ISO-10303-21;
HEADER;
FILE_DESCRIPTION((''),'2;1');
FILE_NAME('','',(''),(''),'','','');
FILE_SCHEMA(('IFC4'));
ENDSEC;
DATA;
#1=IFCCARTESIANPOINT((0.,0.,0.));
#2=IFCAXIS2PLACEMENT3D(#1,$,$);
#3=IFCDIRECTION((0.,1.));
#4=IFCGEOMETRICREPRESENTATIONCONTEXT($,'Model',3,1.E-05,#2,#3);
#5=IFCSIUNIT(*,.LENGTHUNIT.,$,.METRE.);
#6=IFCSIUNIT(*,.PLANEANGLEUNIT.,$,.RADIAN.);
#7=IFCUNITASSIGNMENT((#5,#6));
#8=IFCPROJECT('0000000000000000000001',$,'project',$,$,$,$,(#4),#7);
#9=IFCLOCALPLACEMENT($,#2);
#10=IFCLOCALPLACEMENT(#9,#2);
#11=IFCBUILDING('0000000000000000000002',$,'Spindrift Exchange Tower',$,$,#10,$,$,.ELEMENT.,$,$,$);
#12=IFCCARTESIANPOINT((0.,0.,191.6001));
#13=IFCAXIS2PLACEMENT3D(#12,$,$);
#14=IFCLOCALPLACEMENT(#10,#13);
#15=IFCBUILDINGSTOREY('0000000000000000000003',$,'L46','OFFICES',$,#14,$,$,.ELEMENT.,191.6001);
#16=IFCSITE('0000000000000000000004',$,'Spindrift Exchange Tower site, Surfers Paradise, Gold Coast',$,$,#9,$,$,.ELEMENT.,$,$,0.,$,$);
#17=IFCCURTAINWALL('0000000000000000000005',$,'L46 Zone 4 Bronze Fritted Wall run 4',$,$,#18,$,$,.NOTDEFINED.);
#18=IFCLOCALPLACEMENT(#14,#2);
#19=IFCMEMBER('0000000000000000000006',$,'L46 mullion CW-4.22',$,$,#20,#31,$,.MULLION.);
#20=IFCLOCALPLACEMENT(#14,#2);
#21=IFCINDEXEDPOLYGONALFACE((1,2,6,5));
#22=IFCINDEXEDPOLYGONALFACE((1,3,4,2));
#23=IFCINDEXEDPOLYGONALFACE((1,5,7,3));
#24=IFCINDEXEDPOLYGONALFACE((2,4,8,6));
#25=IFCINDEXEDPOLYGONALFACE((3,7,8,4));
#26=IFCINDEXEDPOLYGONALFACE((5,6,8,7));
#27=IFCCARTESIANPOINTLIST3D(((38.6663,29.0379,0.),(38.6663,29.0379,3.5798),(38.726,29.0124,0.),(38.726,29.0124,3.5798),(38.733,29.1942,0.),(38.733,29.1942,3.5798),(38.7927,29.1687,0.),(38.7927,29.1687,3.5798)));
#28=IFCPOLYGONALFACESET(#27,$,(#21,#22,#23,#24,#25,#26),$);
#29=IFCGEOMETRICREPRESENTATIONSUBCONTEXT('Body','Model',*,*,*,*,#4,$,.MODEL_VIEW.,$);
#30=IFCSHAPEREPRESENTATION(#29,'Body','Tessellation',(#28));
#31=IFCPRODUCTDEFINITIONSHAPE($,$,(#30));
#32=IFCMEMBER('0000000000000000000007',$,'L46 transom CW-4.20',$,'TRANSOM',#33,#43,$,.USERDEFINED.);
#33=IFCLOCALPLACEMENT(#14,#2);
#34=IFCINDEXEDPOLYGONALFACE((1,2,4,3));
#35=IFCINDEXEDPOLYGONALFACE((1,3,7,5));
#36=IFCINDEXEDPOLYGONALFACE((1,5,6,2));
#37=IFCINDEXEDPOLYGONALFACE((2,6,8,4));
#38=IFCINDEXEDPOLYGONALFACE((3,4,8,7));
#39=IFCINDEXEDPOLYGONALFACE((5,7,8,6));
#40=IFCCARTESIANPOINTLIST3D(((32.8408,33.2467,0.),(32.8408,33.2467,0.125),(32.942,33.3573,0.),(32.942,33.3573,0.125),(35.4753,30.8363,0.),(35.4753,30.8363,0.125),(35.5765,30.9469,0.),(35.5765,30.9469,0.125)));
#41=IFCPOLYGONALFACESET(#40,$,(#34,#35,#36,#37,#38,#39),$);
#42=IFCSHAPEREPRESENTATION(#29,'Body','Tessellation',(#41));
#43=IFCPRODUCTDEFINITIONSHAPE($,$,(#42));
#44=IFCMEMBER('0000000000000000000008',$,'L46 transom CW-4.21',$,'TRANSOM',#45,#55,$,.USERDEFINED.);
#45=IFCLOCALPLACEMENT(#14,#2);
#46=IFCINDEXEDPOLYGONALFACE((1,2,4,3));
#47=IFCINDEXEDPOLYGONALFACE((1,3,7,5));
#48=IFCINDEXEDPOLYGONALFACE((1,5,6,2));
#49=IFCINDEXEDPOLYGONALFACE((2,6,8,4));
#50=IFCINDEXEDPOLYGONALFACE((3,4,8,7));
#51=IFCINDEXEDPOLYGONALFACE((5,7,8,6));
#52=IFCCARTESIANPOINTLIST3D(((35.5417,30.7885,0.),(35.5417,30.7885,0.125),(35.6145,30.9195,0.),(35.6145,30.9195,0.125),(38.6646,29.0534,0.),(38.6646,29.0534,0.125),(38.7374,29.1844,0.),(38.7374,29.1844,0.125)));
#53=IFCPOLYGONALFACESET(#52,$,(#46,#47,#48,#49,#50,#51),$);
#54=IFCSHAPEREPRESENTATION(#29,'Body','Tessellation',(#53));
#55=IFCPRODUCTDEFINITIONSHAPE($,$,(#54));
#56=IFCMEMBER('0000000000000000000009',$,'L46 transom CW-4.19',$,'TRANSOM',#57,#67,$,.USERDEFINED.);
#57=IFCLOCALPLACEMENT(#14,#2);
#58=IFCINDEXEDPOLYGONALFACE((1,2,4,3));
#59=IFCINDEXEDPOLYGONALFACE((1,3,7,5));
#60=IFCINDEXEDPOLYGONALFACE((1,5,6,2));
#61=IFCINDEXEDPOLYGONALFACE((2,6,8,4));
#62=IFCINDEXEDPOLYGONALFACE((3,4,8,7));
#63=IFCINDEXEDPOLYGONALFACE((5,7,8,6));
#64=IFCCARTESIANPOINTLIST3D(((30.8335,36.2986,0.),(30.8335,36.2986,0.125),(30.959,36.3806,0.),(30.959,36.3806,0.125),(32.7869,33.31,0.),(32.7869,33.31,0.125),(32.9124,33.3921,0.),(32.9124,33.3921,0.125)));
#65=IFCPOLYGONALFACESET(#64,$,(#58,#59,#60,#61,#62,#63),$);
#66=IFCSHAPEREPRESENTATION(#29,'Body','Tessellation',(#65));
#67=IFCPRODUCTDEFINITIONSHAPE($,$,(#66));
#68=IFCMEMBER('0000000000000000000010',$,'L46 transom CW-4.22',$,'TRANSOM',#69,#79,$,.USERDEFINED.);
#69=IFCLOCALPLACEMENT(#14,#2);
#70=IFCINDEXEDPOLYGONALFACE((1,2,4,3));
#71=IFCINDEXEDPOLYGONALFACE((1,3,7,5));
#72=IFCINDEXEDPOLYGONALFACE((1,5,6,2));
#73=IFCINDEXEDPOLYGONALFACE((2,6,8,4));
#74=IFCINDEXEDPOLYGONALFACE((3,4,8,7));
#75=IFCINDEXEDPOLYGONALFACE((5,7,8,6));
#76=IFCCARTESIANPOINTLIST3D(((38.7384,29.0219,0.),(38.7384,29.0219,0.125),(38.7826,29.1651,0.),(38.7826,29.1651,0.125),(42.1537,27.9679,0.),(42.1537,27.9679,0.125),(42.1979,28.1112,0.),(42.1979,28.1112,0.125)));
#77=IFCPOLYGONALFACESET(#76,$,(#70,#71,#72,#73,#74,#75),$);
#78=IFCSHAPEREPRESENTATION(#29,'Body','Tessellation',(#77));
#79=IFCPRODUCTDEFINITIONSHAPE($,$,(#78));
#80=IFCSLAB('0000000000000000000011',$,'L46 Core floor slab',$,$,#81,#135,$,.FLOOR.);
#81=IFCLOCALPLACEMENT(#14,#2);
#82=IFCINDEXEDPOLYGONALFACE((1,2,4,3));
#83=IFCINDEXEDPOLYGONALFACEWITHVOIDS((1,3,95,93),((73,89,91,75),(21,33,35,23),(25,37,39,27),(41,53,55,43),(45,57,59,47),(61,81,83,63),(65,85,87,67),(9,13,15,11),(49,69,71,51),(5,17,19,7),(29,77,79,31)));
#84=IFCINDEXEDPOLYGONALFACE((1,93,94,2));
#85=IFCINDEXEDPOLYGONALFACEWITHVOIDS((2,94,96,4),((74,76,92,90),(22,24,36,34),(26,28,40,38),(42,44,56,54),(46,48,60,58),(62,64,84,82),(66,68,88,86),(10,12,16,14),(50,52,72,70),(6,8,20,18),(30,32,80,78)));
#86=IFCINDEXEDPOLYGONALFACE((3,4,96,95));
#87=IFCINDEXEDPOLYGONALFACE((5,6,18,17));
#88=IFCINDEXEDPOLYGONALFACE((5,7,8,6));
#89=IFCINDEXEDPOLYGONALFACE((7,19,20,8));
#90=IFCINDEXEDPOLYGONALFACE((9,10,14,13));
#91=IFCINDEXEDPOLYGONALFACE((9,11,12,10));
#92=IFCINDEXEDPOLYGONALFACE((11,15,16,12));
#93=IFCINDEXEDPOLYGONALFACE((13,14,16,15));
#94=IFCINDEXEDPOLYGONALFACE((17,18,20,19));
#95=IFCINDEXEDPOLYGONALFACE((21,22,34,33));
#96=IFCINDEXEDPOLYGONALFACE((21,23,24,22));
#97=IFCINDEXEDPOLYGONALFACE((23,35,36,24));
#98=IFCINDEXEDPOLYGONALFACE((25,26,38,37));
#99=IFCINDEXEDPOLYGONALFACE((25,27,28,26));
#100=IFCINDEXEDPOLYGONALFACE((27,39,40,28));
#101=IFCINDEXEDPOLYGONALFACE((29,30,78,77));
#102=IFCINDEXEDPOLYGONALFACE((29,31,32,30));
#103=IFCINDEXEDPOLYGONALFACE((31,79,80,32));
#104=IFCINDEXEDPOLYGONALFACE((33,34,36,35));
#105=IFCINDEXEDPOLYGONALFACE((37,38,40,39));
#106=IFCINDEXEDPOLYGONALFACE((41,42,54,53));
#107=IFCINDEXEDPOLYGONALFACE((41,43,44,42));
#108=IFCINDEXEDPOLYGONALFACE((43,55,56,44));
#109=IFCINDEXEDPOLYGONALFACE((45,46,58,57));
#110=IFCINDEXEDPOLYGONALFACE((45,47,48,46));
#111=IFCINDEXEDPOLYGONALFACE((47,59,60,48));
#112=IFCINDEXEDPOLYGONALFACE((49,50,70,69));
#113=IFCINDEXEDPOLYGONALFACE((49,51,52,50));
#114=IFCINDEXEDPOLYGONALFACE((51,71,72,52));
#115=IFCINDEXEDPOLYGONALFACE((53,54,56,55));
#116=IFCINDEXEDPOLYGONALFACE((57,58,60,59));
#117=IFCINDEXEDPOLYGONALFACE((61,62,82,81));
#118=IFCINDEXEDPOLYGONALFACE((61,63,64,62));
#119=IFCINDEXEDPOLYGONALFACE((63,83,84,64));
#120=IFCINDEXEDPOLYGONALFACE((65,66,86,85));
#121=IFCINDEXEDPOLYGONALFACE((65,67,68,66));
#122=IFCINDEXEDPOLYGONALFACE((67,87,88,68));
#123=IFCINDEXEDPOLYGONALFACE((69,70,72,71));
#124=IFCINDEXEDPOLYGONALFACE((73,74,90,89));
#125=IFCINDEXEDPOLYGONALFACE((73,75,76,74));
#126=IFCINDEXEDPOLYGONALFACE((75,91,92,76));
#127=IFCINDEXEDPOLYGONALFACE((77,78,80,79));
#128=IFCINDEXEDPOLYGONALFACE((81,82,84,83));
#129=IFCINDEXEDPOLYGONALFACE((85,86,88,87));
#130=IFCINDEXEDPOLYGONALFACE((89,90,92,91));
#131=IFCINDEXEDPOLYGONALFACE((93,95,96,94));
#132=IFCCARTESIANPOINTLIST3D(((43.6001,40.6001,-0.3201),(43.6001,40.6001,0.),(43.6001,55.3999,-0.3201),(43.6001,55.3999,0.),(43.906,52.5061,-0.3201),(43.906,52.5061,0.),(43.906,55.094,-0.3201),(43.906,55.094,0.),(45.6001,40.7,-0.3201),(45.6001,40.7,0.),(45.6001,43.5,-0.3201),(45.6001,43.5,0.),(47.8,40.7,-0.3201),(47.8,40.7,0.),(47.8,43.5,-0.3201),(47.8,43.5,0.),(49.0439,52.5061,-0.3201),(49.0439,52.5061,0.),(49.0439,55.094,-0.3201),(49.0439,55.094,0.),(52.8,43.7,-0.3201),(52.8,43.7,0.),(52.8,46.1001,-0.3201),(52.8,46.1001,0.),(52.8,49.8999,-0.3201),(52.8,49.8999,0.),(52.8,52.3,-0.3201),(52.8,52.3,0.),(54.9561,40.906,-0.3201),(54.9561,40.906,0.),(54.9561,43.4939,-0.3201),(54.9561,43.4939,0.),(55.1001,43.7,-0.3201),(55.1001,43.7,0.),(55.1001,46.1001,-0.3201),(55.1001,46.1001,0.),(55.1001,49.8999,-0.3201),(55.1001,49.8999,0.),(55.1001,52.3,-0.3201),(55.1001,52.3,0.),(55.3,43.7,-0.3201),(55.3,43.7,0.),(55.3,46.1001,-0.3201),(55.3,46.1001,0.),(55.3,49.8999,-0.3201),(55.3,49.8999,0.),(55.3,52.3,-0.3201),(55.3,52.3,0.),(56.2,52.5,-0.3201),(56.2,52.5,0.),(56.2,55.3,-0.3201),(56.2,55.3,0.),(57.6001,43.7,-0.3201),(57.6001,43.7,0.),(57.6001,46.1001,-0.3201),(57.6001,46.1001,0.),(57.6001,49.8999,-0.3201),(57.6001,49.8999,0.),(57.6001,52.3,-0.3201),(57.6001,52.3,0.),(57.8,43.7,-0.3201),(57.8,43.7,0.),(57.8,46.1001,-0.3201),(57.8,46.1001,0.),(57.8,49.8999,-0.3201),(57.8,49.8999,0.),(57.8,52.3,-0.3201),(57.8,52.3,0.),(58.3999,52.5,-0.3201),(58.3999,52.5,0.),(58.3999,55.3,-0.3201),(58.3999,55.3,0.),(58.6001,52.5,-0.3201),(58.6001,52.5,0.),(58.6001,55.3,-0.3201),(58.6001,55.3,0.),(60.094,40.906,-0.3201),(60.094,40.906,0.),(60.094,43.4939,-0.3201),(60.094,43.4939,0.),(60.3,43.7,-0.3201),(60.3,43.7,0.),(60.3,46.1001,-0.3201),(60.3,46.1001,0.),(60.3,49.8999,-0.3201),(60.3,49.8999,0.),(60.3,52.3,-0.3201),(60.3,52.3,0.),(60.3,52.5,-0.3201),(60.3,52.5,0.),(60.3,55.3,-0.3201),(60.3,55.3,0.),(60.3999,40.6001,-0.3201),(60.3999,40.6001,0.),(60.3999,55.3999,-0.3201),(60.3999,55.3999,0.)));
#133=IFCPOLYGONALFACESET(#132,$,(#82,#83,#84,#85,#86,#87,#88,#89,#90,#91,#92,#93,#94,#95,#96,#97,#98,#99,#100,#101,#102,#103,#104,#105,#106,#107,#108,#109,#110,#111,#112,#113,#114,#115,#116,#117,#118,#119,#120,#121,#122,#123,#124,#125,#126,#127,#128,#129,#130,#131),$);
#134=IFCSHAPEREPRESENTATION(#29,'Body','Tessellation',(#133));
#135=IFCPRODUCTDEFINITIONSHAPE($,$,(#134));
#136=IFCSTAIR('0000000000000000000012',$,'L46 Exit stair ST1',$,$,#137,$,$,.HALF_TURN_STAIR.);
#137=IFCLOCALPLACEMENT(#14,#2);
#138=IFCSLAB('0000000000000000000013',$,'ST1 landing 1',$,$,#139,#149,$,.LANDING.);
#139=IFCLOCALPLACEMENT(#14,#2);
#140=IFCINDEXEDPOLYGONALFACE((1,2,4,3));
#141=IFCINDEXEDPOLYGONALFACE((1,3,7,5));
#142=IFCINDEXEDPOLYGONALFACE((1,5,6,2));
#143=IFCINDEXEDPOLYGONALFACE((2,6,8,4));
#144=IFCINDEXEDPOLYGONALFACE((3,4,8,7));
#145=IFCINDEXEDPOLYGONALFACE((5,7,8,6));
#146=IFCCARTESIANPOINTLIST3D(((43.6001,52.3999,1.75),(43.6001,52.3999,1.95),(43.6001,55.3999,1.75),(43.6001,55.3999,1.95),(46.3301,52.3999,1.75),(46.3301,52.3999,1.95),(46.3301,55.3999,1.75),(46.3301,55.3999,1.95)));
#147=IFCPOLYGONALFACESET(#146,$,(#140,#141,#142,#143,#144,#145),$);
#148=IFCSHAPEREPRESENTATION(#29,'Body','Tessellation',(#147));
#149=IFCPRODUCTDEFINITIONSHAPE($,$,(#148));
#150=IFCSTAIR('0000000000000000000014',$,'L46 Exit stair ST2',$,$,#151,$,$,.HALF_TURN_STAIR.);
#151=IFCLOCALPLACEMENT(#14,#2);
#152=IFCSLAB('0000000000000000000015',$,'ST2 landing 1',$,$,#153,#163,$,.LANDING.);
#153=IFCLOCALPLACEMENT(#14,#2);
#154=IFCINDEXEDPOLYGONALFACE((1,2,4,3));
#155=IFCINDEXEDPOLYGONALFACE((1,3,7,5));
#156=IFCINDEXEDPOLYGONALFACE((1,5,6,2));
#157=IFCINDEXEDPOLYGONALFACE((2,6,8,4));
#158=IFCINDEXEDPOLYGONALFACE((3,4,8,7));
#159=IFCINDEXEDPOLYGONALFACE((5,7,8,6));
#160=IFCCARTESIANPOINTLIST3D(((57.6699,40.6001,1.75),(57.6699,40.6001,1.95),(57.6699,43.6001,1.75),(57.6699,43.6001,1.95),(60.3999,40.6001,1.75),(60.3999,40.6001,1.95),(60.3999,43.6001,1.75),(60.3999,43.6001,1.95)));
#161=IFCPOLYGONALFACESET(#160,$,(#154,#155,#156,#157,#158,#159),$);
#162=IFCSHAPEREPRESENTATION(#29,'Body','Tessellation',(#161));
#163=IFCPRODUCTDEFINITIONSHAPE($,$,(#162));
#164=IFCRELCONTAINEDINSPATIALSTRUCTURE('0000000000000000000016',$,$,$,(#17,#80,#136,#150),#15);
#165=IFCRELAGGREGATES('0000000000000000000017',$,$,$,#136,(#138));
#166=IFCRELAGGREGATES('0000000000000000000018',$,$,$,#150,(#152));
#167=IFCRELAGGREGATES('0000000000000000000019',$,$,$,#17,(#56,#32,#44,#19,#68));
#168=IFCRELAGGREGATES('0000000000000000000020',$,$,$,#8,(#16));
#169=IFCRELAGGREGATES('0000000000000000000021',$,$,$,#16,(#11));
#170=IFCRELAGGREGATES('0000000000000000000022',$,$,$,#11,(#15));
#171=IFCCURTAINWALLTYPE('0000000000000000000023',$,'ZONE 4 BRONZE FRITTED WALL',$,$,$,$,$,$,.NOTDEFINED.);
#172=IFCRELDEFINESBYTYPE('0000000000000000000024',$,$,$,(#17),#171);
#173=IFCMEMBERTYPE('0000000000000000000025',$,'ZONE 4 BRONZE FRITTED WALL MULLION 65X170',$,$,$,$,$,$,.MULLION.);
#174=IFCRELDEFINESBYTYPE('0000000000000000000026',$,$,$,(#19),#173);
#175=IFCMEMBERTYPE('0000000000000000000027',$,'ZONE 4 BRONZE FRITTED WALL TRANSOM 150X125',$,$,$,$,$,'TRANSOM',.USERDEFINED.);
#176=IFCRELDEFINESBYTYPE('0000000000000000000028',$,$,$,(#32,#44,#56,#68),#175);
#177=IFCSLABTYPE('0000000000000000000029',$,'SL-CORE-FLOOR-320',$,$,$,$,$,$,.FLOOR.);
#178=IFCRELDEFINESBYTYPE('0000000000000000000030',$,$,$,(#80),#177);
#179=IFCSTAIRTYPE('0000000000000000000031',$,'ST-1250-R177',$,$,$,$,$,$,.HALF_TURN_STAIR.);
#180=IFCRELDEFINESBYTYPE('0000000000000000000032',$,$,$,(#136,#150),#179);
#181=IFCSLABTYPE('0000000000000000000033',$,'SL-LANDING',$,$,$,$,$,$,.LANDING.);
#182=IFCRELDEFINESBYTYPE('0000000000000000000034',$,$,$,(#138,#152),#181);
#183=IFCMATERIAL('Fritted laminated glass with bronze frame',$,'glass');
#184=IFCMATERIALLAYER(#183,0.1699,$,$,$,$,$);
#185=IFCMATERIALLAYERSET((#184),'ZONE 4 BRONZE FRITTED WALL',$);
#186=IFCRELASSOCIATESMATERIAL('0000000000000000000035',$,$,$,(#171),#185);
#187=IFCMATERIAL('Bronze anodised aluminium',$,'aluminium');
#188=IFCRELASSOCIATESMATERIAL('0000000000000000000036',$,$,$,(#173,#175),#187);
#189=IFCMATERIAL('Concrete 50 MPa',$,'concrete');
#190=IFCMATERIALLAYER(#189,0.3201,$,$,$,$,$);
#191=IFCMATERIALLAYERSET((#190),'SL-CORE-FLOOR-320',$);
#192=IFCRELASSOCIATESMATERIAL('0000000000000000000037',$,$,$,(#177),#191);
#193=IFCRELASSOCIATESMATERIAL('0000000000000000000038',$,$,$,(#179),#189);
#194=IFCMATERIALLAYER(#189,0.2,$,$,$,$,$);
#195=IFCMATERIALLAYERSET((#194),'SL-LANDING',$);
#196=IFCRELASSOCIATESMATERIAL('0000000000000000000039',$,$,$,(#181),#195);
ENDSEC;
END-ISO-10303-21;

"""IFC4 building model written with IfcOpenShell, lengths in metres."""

from ifc_helpers import new_model, si_unit, direction, frame, origin, origin_2d, place, context, subcontext, project, spatial, line, indexed_curve, rectangle, outline, extrude, source, transform, mapped, material, layer, layer_set, material_profile, profile_set, type_object, element, aggregate, save


model = new_model("IFC4")

# Units and contexts
model_context = context("Model", 3, precision=1e-05, world=origin(), true_north=direction((0.0, 1.0)))
body_context = subcontext(model_context, "Body", "Model", "MODEL_VIEW")
ifc_project = project(units=[si_unit("LENGTHUNIT", "METRE"), si_unit("PLANEANGLEUNIT", "RADIAN")], contexts=[model_context])

# Site, building, storey
site_placement = place(None, origin())
site = spatial("IfcSite", under=ifc_project, at=site_placement, Name="Spindrift Exchange Tower site, Surfers Paradise, Gold Coast", CompositionType="ELEMENT", RefElevation=0.0)
building_placement = place(site_placement, origin())
building = spatial("IfcBuilding", under=site, at=building_placement, Name="Spindrift Exchange Tower", CompositionType="ELEMENT")
storey_placement = place(building_placement, frame((0.0, 0.0, 191.6001)))
storey = spatial("IfcBuildingStorey", under=building, at=storey_placement, Name="L46", Description="OFFICES", CompositionType="ELEMENT", Elevation=191.6001)

# Shared definitions
ifc_material_1 = material(Name="Concrete 50 MPa", Category="concrete")

# Curtain wall, members
ifc_material_2 = material(Name="Fritted laminated glass with bronze frame", Category="glass")
ifc_layer_1 = layer(ifc_material_2, 0.1699)
ifc_layer_set_1 = layer_set([ifc_layer_1], Name="ZONE 4 BRONZE FRITTED WALL")
curtain_wall_type = type_object("IfcCurtainWallType", Name="ZONE 4 BRONZE FRITTED WALL", PredefinedType="NOTDEFINED", material=ifc_layer_set_1)
curtain_wall_placement = place(storey_placement, origin())
curtain_wall = element("IfcCurtainWall", 1, at=curtain_wall_placement, inside=storey, type_object=curtain_wall_type, Name="L46 Zone 4 Bronze Fritted Wall run 4", PredefinedType="NOTDEFINED")
ifc_material_3 = material(Name="Bronze anodised aluminium", Category="aluminium")
ifc_material_profile_1 = material_profile(ifc_material_3, rectangle(XDim=0.0649, YDim=0.1699, at=origin_2d()), Name="ZONE 4 BRONZE FRITTED WALL MULLION 65X170")
ifc_profile_set_1 = profile_set([ifc_material_profile_1], Name="Bronze anodised aluminium")
member_type_1 = type_object("IfcMemberType", Name="ZONE 4 BRONZE FRITTED WALL MULLION 65X170", PredefinedType="MULLION", material=ifc_profile_set_1)
shared_shape_1 = source(origin(), body_context, "Body", "SweptSolid", [
    extrude(rectangle(XDim=0.0649, YDim=0.1699, at=origin_2d()), origin(), (0.0, 0.0, 1.0), 3.5798),
])
member_1_placement = place(storey_placement, frame((38.7295, 29.1033, 0.0), z_axis=(0.0, 0.0, 1.0), x_axis=(0.919799, -0.392391, 0.0)))
member_1 = element("IfcMember", 2, at=member_1_placement, type_object=member_type_1, Name="L46 mullion CW-4.22", PredefinedType="MULLION", context=body_context, shape_type="MappedRepresentation", body=[
    mapped(shared_shape_1, transform((0.0, 0.0, 0.0), scale=1.0)),
])
ifc_material_profile_2 = material_profile(ifc_material_3, rectangle(XDim=0.1499, YDim=0.125, at=origin_2d()), Name="ZONE 4 BRONZE FRITTED WALL TRANSOM 150X125")
ifc_profile_set_2 = profile_set([ifc_material_profile_2], Name="Bronze anodised aluminium")
member_type_2 = type_object("IfcMemberType", Name="ZONE 4 BRONZE FRITTED WALL TRANSOM 150X125", ElementType="TRANSOM", PredefinedType="USERDEFINED", material=ifc_profile_set_2)
shared_shape_2 = source(origin(), body_context, "Body", "SweptSolid", [
    extrude(rectangle(XDim=0.1499, YDim=0.125, at=origin_2d()), origin(), (0.0, 0.0, 1.0), 3.5708),
])
member_2_placement = place(storey_placement, frame((32.8914, 33.302, 0.0625), z_axis=(0.737792, -0.675028, 0.0), x_axis=(0.675028, 0.737792, 0.0)))
member_2 = element("IfcMember", 3, at=member_2_placement, type_object=member_type_2, Name="L46 transom CW-4.20", ObjectType="TRANSOM", PredefinedType="USERDEFINED", context=body_context, shape_type="MappedRepresentation", body=[
    mapped(shared_shape_2, transform((0.0, 0.0, 0.0), scale=1.0)),
])
shared_shape_3 = source(origin(), body_context, "Body", "SweptSolid", [
    extrude(rectangle(XDim=0.1499, YDim=0.125, at=origin_2d()), origin(), (0.0, 0.0, 1.0), 3.5725),
])
member_3_placement = place(storey_placement, frame((35.5781, 30.854, 0.0625), z_axis=(0.874131, -0.485689, 0.0), x_axis=(0.485689, 0.874131, 0.0)))
member_3 = element("IfcMember", 4, at=member_3_placement, type_object=member_type_2, Name="L46 transom CW-4.21", ObjectType="TRANSOM", PredefinedType="USERDEFINED", context=body_context, shape_type="MappedRepresentation", body=[
    mapped(shared_shape_3, transform((0.0, 0.0, 0.0), scale=1.0)),
])
shared_shape_4 = source(origin(), body_context, "Body", "SweptSolid", [
    extrude(rectangle(XDim=0.1499, YDim=0.125, at=origin_2d()), origin(), (0.0, 0.0, 1.0), 3.5703),
])
member_4_placement = place(storey_placement, frame((30.8962, 36.3396, 0.0625), z_axis=(0.547119, -0.837055, 0.0), x_axis=(0.837055, 0.547119, 0.0)))
member_4 = element("IfcMember", 5, at=member_4_placement, type_object=member_type_2, Name="L46 transom CW-4.19", ObjectType="TRANSOM", PredefinedType="USERDEFINED", context=body_context, shape_type="MappedRepresentation", body=[
    mapped(shared_shape_4, transform((0.0, 0.0, 0.0), scale=1.0)),
])
shared_shape_5 = source(origin(), body_context, "Body", "SweptSolid", [
    extrude(rectangle(XDim=0.1499, YDim=0.125, at=origin_2d()), origin(), (0.0, 0.0, 1.0), 3.5742),
])
member_5_placement = place(storey_placement, frame((38.7605, 29.0935, 0.0625), z_axis=(0.955535, -0.294878, 0.0), x_axis=(0.294878, 0.955535, 0.0)))
member_5 = element("IfcMember", 6, at=member_5_placement, type_object=member_type_2, Name="L46 transom CW-4.22", ObjectType="TRANSOM", PredefinedType="USERDEFINED", context=body_context, shape_type="MappedRepresentation", body=[
    mapped(shared_shape_5, transform((0.0, 0.0, 0.0), scale=1.0)),
])

# Slab
ifc_layer_2 = layer(ifc_material_1, 0.3201)
ifc_layer_set_2 = layer_set([ifc_layer_2], Name="SL-CORE-FLOOR-320")
slab_type_1 = type_object("IfcSlabType", Name="SL-CORE-FLOOR-320", PredefinedType="FLOOR", material=ifc_layer_set_2)
slab_1_placement = place(storey_placement, frame((0.0, 0.0, -0.3201)))
element("IfcSlab", 7, at=slab_1_placement, inside=storey, type_object=slab_type_1, Name="L46 Core floor slab", PredefinedType="FLOOR", context=body_context, shape_type="SweptSolid", body=[
    extrude(outline(indexed_curve([(43.6001, 40.6001), (43.6001, 55.3999), (60.3999, 55.3999), (60.3999, 40.6001)], segments=[line(1, 2, 3, 4, 1)], self_intersect=False), holes=[indexed_curve([(45.6001, 43.5), (45.6001, 40.7), (47.8, 40.7), (47.8, 43.5)], segments=[line(1, 2, 3, 4, 1)], self_intersect=False), indexed_curve([(52.8, 46.1001), (52.8, 43.7), (55.1001, 43.7), (55.1001, 46.1001)], segments=[line(1, 2, 3, 4, 1)], self_intersect=False), indexed_curve([(55.3, 46.1001), (55.3, 43.7), (57.6001, 43.7), (57.6001, 46.1001)], segments=[line(1, 2, 3, 4, 1)], self_intersect=False), indexed_curve([(55.1001, 52.3), (52.8, 52.3), (52.8, 49.8999), (55.1001, 49.8999)], segments=[line(1, 2, 3, 4, 1)], self_intersect=False), indexed_curve([(57.6001, 52.3), (55.3, 52.3), (55.3, 49.8999), (57.6001, 49.8999)], segments=[line(1, 2, 3, 4, 1)], self_intersect=False), indexed_curve([(43.906, 52.5061), (49.0439, 52.5061), (49.0439, 55.094), (43.906, 55.094)], segments=[line(1, 2, 3, 4, 1)], self_intersect=False), indexed_curve([(60.094, 40.906), (60.094, 43.4939), (54.9561, 43.4939), (54.9561, 40.906)], segments=[line(1, 2, 3, 4, 1)], self_intersect=False), indexed_curve([(60.3, 46.1001), (57.8, 46.1001), (57.8, 43.7), (60.3, 43.7)], segments=[line(1, 2, 3, 4, 1)], self_intersect=False), indexed_curve([(57.8, 52.3), (57.8, 49.8999), (60.3, 49.8999), (60.3, 52.3)], segments=[line(1, 2, 3, 4, 1)], self_intersect=False), indexed_curve([(58.3999, 55.3), (56.2, 55.3), (56.2, 52.5), (58.3999, 52.5)], segments=[line(1, 2, 3, 4, 1)], self_intersect=False), indexed_curve([(60.3, 55.3), (58.6001, 55.3), (58.6001, 52.5), (60.3, 52.5)], segments=[line(1, 2, 3, 4, 1)], self_intersect=False)]), origin(), (0.0, 0.0, 1.0), 0.3201),
])

# Stairs, slabs
stair_type = type_object("IfcStairType", Name="ST-1250-R177", PredefinedType="HALF_TURN_STAIR", material=ifc_material_1)
stair_1_placement = place(storey_placement, origin())
stair_1 = element("IfcStair", 8, at=stair_1_placement, inside=storey, type_object=stair_type, Name="L46 Exit stair ST1", PredefinedType="HALF_TURN_STAIR")
ifc_layer_3 = layer(ifc_material_1, 0.2)
ifc_layer_set_3 = layer_set([ifc_layer_3], Name="SL-LANDING")
slab_type_2 = type_object("IfcSlabType", Name="SL-LANDING", PredefinedType="LANDING", material=ifc_layer_set_3)
slab_2_placement = place(storey_placement, frame((0.0, 0.0, 1.75)))
slab_2 = element("IfcSlab", 9, at=slab_2_placement, type_object=slab_type_2, Name="ST1 landing 1", PredefinedType="LANDING", context=body_context, shape_type="SweptSolid", body=[
    extrude(outline(indexed_curve([(46.3301, 52.3999), (43.6001, 52.3999), (43.6001, 55.3999), (46.3301, 55.3999)], segments=[line(1, 2, 3, 4, 1)], self_intersect=False)), origin(), (0.0, 0.0, 1.0), 0.2),
])
aggregate(stair_1, [slab_2])
stair_2_placement = place(storey_placement, origin())
stair_2 = element("IfcStair", 10, at=stair_2_placement, inside=storey, type_object=stair_type, Name="L46 Exit stair ST2", PredefinedType="HALF_TURN_STAIR")
slab_3_placement = place(storey_placement, frame((0.0, 0.0, 1.75)))
slab_3 = element("IfcSlab", 11, at=slab_3_placement, type_object=slab_type_2, Name="ST2 landing 1", PredefinedType="LANDING", context=body_context, shape_type="SweptSolid", body=[
    extrude(outline(indexed_curve([(57.6699, 43.6001), (60.3999, 43.6001), (60.3999, 40.6001), (57.6699, 40.6001)], segments=[line(1, 2, 3, 4, 1)], self_intersect=False)), origin(), (0.0, 0.0, 1.0), 0.2),
])
aggregate(stair_2, [slab_3])

aggregate(curtain_wall, [member_4, member_2, member_3, member_1, member_5])

save(model, "model.ifc")
